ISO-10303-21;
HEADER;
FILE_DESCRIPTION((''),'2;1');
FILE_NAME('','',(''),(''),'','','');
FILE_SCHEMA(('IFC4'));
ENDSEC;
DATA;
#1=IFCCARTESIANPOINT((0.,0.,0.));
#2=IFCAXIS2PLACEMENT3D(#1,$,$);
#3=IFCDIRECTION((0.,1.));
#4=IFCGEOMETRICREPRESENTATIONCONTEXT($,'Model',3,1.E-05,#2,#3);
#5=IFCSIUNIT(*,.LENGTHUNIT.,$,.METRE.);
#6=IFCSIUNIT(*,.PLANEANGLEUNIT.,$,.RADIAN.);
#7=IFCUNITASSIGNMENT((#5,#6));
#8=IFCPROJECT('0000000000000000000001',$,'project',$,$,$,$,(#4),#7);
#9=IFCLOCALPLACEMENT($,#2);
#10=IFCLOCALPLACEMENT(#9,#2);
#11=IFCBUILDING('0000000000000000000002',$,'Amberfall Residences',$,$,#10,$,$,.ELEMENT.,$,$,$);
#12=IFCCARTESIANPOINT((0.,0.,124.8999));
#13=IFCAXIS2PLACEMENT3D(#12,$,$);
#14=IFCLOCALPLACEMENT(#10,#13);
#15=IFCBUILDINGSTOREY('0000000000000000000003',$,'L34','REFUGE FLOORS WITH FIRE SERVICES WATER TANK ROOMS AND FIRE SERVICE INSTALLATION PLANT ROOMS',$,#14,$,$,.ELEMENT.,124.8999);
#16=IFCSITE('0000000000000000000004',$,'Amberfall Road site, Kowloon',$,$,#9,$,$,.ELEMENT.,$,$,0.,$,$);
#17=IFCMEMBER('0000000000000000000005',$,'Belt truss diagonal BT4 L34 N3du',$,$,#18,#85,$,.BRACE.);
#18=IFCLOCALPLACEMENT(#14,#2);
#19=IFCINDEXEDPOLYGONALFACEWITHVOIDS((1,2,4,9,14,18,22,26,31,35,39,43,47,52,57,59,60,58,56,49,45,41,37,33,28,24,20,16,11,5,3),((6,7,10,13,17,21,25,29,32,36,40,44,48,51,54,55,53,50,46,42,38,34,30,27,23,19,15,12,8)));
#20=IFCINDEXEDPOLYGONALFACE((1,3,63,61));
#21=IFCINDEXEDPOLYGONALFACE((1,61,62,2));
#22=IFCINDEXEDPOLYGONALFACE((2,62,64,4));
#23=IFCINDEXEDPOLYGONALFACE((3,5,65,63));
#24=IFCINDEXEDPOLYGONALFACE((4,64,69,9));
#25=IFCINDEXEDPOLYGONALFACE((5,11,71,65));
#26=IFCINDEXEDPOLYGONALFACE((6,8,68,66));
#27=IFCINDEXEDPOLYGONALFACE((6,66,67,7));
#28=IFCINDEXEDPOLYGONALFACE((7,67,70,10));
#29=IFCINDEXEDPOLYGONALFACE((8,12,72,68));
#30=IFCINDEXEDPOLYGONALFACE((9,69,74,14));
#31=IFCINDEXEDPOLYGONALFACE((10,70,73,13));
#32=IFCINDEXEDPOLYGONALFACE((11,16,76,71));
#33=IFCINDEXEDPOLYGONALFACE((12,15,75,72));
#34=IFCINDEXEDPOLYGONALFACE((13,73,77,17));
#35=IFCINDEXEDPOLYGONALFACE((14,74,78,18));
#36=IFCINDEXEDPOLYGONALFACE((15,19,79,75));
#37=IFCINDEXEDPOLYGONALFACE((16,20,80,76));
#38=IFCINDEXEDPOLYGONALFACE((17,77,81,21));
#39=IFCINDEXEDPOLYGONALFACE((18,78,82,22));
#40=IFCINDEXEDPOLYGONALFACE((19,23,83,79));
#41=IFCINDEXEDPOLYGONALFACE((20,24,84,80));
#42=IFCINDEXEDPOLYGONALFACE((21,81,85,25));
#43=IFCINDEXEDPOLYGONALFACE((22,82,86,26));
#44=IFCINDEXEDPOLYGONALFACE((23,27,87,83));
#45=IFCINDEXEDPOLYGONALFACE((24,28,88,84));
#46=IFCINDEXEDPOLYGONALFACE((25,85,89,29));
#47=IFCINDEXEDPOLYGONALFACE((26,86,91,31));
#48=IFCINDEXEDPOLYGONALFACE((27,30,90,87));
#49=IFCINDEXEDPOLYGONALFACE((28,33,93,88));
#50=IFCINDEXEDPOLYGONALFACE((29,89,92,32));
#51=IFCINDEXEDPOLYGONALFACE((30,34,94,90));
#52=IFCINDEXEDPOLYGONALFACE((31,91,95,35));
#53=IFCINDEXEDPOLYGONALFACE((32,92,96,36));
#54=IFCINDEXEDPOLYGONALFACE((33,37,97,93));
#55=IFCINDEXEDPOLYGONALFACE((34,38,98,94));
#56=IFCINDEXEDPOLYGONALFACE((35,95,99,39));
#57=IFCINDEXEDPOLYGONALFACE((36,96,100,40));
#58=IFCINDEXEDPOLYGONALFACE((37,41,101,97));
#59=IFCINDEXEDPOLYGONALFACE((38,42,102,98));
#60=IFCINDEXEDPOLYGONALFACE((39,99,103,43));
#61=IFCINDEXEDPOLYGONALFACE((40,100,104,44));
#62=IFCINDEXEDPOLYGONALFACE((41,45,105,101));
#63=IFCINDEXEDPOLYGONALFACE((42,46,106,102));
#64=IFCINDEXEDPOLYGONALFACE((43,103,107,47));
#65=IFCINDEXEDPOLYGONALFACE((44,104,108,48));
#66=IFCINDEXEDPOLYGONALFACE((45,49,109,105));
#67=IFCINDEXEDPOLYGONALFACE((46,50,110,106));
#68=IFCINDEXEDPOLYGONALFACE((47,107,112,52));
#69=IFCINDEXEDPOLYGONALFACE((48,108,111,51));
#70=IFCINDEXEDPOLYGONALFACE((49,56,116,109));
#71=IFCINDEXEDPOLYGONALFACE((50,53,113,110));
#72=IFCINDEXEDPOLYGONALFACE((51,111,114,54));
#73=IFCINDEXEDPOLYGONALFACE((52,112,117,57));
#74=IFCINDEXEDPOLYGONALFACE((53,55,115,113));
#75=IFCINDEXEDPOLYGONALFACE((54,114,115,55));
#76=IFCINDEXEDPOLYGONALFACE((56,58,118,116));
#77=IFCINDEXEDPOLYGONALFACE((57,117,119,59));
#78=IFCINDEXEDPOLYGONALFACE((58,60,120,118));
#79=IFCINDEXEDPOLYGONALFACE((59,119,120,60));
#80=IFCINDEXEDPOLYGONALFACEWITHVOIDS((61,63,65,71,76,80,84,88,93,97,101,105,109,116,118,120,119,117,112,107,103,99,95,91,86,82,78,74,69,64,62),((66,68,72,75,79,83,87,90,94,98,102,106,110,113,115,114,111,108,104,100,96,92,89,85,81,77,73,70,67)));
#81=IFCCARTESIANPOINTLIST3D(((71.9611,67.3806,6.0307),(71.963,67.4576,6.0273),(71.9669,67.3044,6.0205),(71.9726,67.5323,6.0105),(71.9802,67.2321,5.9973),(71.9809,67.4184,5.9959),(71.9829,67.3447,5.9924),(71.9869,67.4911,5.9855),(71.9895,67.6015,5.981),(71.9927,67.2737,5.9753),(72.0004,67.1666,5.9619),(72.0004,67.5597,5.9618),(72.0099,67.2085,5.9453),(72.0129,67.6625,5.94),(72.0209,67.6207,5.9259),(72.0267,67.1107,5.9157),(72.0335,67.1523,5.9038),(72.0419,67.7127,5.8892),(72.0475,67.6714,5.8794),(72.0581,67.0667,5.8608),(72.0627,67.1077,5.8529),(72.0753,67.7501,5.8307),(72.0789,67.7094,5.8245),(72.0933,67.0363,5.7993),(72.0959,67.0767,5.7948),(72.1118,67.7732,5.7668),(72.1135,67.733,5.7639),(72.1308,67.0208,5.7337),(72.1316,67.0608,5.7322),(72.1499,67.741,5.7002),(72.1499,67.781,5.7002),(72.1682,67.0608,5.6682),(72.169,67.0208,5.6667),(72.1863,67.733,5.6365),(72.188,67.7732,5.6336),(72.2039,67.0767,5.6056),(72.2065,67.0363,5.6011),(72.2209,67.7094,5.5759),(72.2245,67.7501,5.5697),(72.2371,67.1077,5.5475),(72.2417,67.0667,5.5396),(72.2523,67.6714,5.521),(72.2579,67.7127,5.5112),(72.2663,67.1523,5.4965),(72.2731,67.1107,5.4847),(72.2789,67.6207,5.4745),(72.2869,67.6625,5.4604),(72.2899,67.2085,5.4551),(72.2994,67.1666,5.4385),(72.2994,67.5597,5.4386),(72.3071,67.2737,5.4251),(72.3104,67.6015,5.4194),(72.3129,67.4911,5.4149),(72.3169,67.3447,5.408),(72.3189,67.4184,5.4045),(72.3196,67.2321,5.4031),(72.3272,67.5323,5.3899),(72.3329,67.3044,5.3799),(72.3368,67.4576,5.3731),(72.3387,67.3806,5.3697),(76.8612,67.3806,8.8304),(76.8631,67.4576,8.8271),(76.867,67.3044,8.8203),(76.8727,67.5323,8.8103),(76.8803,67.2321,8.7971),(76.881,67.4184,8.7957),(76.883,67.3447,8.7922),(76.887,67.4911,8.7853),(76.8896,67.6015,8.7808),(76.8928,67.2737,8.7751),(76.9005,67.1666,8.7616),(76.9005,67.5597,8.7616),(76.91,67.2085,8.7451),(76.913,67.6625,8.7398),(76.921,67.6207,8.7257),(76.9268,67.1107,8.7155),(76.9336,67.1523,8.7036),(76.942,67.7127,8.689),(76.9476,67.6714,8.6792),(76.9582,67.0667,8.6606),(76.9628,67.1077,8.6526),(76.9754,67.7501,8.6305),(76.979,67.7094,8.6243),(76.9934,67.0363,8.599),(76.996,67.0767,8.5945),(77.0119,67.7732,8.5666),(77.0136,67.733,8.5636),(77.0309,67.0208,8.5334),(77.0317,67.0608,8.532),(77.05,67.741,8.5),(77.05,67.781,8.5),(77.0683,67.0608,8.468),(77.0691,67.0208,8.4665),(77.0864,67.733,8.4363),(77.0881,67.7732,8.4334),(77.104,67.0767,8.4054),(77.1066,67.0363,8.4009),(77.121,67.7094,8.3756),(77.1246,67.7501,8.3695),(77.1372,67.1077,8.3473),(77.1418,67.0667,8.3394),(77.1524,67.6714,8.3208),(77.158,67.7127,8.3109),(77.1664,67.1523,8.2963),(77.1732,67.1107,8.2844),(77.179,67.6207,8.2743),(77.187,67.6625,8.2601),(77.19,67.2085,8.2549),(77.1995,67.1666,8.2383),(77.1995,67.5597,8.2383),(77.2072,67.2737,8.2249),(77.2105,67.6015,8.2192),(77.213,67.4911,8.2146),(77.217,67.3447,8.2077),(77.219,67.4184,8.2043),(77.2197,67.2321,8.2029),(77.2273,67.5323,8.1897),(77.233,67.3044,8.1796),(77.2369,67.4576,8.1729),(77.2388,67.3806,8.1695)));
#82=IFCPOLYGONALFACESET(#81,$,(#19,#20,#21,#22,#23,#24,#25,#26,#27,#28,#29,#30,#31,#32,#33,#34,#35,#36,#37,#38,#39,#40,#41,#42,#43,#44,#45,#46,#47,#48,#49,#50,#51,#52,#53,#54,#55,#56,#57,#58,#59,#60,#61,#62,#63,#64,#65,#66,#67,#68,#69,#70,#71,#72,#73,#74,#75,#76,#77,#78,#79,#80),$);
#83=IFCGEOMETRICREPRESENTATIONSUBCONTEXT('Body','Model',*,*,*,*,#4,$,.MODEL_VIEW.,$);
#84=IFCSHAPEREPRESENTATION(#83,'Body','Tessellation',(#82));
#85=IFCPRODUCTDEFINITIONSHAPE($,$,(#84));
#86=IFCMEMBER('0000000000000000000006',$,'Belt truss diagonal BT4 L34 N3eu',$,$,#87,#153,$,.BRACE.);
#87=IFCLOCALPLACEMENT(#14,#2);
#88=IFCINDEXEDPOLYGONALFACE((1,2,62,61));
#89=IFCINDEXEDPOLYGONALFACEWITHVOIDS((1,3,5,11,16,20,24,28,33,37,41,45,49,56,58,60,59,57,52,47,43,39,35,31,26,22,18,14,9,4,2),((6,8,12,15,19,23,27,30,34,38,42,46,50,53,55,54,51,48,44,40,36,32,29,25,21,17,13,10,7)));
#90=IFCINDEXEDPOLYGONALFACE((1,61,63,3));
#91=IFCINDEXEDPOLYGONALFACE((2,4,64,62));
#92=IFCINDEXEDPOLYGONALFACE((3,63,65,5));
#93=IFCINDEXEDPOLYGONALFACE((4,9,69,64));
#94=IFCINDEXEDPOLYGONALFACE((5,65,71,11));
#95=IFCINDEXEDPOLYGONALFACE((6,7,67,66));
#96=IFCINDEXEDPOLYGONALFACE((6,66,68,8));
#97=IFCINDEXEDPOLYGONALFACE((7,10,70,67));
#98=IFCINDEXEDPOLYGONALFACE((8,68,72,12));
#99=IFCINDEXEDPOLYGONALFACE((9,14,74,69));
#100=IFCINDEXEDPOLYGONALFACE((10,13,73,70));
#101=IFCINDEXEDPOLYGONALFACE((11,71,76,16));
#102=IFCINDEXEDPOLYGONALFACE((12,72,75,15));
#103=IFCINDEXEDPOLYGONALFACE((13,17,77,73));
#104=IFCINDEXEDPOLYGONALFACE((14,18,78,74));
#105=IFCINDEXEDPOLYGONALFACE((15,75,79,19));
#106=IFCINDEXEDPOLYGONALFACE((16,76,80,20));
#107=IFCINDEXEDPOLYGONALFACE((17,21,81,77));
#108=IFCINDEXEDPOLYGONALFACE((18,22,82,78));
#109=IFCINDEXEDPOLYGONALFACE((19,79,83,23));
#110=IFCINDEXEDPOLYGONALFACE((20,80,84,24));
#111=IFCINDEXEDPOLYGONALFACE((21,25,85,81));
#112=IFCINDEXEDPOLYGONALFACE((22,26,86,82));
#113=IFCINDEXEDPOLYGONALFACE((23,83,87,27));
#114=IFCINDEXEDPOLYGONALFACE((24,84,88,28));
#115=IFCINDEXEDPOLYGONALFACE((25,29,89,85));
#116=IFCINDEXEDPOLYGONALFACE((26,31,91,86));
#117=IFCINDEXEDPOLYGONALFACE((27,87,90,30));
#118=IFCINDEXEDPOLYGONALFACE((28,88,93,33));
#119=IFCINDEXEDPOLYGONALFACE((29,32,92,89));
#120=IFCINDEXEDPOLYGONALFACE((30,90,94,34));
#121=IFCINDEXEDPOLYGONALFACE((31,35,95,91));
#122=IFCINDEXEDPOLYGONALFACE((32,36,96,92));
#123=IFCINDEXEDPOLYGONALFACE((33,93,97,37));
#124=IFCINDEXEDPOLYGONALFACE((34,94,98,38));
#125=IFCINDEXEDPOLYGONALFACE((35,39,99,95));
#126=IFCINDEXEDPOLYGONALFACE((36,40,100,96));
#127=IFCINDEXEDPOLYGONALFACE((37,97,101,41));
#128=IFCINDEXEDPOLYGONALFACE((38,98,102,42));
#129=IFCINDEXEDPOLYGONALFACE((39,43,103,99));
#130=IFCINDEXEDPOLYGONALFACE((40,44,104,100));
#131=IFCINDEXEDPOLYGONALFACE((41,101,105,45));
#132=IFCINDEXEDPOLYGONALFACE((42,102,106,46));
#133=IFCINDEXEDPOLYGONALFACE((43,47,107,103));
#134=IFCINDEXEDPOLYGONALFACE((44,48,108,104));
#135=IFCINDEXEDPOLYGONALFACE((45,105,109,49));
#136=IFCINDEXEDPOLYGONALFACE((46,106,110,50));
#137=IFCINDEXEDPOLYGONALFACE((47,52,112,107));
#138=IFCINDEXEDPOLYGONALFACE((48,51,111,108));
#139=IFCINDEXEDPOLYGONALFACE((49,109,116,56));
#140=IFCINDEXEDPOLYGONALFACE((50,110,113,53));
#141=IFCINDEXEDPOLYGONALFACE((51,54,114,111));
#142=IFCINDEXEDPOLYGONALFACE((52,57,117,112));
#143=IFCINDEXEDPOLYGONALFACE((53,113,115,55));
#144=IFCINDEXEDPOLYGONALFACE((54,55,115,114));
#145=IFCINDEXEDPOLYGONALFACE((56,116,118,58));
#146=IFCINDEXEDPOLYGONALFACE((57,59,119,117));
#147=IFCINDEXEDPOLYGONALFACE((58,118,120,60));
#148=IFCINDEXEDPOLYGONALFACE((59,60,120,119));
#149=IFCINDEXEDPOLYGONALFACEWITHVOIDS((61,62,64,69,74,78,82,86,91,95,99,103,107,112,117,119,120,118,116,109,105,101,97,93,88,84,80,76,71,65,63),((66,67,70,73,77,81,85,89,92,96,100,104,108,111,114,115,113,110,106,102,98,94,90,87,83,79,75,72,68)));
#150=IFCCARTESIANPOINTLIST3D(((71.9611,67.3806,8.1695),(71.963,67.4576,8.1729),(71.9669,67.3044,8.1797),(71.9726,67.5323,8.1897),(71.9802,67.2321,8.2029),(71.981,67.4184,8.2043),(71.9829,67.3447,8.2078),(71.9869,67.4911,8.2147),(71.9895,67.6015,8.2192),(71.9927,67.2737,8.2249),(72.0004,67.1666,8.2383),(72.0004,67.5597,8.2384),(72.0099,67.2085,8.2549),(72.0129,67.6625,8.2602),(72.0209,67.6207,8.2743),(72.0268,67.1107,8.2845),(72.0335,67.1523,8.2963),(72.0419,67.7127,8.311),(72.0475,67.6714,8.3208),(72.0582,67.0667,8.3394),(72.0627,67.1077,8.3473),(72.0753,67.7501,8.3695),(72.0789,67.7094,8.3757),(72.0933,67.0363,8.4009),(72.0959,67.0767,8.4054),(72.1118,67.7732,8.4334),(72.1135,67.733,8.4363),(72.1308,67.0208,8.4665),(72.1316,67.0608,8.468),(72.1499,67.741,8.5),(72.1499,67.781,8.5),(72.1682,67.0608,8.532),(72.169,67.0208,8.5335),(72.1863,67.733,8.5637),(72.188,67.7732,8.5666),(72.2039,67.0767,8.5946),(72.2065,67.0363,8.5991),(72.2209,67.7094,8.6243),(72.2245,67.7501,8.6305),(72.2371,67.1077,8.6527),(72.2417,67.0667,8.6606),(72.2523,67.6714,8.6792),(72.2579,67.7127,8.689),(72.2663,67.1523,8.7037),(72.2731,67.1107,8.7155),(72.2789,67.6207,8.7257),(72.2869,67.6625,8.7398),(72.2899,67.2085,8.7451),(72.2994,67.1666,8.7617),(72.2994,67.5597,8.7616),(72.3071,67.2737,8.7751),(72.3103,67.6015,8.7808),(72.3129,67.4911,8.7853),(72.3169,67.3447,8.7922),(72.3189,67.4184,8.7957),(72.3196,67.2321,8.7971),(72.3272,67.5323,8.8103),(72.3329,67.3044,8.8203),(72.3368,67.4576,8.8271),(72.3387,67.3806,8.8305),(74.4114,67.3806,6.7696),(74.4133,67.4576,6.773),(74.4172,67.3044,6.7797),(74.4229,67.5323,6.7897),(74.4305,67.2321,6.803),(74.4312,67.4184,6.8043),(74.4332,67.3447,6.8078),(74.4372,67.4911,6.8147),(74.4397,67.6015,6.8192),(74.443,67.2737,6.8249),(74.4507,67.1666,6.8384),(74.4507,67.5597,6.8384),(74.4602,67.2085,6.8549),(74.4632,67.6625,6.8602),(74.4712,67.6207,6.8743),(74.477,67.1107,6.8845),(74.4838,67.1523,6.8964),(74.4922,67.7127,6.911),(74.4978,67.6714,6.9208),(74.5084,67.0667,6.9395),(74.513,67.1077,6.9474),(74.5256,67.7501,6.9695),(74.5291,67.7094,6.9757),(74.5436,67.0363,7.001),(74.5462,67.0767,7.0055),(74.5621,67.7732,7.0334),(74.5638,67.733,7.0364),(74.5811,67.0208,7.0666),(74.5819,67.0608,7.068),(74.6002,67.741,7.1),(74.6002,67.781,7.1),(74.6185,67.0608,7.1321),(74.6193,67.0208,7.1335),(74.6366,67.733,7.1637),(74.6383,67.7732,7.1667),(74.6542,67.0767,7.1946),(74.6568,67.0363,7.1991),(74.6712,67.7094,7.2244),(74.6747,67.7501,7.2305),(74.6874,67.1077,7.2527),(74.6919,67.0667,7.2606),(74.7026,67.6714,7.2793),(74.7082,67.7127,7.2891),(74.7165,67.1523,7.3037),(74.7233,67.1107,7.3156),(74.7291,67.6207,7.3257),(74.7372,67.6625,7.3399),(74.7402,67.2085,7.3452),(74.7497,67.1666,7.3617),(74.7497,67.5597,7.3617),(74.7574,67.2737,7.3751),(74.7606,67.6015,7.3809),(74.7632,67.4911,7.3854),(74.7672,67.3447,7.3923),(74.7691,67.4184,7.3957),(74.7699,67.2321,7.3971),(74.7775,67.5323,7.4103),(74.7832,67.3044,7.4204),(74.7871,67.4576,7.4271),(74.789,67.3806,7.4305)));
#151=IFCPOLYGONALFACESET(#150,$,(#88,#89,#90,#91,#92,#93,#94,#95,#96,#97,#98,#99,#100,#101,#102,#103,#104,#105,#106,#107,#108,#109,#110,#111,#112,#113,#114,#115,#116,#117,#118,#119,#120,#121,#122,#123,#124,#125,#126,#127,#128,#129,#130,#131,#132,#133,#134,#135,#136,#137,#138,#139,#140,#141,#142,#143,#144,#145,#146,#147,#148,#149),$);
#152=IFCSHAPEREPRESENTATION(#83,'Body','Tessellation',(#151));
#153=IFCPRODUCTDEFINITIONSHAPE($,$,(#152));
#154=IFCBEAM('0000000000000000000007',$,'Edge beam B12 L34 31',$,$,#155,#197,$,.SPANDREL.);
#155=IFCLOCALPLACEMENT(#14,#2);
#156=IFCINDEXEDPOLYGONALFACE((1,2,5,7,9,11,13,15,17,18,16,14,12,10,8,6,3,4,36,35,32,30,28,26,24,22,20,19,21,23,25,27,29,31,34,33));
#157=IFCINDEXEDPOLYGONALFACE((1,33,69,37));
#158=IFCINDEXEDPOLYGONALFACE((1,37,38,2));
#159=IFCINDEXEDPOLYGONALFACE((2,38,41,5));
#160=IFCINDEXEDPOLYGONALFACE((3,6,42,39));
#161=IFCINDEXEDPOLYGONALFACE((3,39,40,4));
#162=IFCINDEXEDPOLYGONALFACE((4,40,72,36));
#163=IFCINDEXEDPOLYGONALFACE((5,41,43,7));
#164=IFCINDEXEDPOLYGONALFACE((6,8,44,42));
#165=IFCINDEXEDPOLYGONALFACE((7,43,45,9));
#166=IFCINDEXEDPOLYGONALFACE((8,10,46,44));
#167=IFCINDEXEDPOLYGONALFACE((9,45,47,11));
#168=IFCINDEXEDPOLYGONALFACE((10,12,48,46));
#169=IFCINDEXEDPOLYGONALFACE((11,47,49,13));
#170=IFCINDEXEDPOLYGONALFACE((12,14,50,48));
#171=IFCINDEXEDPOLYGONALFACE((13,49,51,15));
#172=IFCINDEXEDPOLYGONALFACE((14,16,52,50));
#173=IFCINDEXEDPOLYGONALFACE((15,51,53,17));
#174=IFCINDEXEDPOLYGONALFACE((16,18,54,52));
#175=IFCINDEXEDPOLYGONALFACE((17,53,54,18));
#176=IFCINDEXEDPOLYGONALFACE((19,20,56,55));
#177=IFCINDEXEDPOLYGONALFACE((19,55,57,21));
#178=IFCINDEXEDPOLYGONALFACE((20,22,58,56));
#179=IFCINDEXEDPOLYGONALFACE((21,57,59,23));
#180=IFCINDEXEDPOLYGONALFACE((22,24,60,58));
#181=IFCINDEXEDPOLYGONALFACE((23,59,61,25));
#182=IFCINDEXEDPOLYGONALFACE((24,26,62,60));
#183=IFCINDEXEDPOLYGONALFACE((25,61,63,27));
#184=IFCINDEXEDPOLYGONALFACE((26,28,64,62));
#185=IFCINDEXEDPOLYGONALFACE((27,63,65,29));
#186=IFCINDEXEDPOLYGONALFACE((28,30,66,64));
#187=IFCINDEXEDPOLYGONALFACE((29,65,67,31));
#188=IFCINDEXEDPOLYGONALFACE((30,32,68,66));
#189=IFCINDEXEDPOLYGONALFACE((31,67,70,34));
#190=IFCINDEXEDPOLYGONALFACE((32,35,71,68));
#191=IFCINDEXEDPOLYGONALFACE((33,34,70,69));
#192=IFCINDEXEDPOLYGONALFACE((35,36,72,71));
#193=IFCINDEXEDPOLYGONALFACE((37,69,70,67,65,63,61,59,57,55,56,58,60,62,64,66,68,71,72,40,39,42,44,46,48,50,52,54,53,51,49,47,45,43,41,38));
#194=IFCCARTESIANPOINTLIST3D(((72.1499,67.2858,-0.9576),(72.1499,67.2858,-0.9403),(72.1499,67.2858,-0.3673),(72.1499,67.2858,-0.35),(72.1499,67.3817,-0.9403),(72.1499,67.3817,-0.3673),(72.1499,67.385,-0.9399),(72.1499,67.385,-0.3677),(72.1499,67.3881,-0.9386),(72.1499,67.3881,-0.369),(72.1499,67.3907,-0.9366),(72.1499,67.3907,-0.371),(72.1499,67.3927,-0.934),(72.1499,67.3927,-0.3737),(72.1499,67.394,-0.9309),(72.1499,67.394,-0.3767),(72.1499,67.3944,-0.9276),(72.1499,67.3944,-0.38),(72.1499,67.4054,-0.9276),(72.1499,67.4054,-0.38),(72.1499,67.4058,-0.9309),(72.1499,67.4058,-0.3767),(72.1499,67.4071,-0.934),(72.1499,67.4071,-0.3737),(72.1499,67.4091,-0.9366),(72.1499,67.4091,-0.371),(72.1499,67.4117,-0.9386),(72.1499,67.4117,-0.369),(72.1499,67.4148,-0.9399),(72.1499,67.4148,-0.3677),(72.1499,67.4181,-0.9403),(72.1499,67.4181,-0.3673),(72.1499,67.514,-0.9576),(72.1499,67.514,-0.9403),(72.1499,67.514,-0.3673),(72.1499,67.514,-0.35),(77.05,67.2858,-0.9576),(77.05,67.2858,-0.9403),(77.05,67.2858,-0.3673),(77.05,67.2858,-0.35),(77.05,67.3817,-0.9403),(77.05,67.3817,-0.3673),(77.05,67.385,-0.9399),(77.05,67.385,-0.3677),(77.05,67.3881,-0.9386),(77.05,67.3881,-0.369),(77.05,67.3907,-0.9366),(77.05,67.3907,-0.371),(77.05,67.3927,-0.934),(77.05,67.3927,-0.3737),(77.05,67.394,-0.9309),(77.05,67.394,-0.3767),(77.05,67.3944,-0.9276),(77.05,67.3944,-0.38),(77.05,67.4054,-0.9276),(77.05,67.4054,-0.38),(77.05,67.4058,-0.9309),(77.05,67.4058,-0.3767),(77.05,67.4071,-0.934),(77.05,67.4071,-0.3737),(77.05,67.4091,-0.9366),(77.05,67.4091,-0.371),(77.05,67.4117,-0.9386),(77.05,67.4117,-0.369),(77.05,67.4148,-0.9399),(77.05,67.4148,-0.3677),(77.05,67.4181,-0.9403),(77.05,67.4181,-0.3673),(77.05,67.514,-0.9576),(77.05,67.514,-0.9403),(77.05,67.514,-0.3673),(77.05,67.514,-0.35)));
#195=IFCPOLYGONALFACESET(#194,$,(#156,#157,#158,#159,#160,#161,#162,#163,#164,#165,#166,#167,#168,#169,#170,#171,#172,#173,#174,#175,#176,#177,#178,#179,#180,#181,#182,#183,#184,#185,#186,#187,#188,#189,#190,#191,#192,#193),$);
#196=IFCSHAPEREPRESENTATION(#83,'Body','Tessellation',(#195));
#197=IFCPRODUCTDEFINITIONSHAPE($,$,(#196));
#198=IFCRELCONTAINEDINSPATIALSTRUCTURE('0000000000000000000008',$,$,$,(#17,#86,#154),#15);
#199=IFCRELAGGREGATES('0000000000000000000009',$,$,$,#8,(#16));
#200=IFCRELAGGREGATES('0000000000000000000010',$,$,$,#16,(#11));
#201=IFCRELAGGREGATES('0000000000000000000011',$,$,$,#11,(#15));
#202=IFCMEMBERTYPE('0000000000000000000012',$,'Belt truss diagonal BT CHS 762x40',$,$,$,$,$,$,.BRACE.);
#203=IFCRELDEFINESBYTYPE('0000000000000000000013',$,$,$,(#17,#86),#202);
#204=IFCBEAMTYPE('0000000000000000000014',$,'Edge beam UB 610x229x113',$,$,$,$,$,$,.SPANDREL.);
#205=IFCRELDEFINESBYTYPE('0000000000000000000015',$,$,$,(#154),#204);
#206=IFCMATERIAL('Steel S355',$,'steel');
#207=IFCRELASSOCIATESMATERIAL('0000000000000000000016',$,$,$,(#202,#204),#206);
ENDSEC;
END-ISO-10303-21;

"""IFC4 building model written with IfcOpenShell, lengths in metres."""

from ifc_helpers import new_model, si_unit, direction, frame, origin, origin_2d, place, context, subcontext, project, spatial, hollow_circle, i_section, extrude, material, material_profile, profile_set, type_object, element, save


model = new_model("IFC4")

# Units and contexts
model_context = context("Model", 3, precision=1e-05, world=origin(), true_north=direction((0.0, 1.0)))
body_context = subcontext(model_context, "Body", "Model", "MODEL_VIEW")
ifc_project = project(units=[si_unit("LENGTHUNIT", "METRE"), si_unit("PLANEANGLEUNIT", "RADIAN")], contexts=[model_context])

# Site, building, storey
site_placement = place(None, origin())
site = spatial("IfcSite", under=ifc_project, at=site_placement, Name="Amberfall Road site, Kowloon", CompositionType="ELEMENT", RefElevation=0.0)
building_placement = place(site_placement, origin())
building = spatial("IfcBuilding", under=site, at=building_placement, Name="Amberfall Residences", CompositionType="ELEMENT")
storey_placement = place(building_placement, frame((0.0, 0.0, 124.8999)))
storey = spatial("IfcBuildingStorey", under=building, at=storey_placement, Name="L34", Description="REFUGE FLOORS WITH FIRE SERVICES WATER TANK ROOMS AND FIRE SERVICE INSTALLATION PLANT ROOMS", CompositionType="ELEMENT", Elevation=124.8999)

# Shared definitions
ifc_material_1 = material(Name="Steel S355", Category="steel")

# Members
ifc_material_profile_1 = material_profile(ifc_material_1, hollow_circle(Radius=0.3811, WallThickness=0.04, at=origin_2d()), Name="CHS 762x40")
ifc_profile_set_1 = profile_set([ifc_material_profile_1], Name="Steel S355")
member_type = type_object("IfcMemberType", Name="Belt truss diagonal BT CHS 762x40", PredefinedType="BRACE", material=ifc_profile_set_1)
member_1_placement = place(storey_placement, frame((72.1499, 67.3999, 5.7002), z_axis=(0.868264, 0.0, 0.496102), x_axis=(0.0, 1.0, 0.0)))
element("IfcMember", 1, at=member_1_placement, inside=storey, type_object=member_type, Name="Belt truss diagonal BT4 L34 N3du", PredefinedType="BRACE", context=body_context, shape_type="SweptSolid", body=[
    extrude(hollow_circle(Radius=0.3811, WallThickness=0.04, at=origin_2d()), origin(), (0.0, 0.0, 1.0), 5.6436),
])
member_2_placement = place(storey_placement, frame((72.1499, 67.3999, 8.5), z_axis=(0.868275, 0.0, -0.496083), x_axis=(0.0, 1.0, 0.0)))
element("IfcMember", 2, at=member_2_placement, inside=storey, type_object=member_type, Name="Belt truss diagonal BT4 L34 N3eu", PredefinedType="BRACE", context=body_context, shape_type="SweptSolid", body=[
    extrude(hollow_circle(Radius=0.3811, WallThickness=0.04, at=origin_2d()), origin(), (0.0, 0.0, 1.0), 2.822),
])

# Beam
ifc_material_profile_2 = material_profile(ifc_material_1, i_section(OverallWidth=0.2283, OverallDepth=0.6077, WebThickness=0.011, FlangeThickness=0.0173, FilletRadius=0.0127, at=origin_2d()), Name="UB 610x229x113")
ifc_profile_set_2 = profile_set([ifc_material_profile_2], Name="Steel S355")
beam_type_1 = type_object("IfcBeamType", Name="Edge beam UB 610x229x113", PredefinedType="SPANDREL", material=ifc_profile_set_2)
beam_placement = place(storey_placement, frame((72.1499, 67.3999, -0.6538), z_axis=(1.0, 0.0, 0.0), x_axis=(0.0, 1.0, 0.0)))
element("IfcBeam", 3, at=beam_placement, inside=storey, type_object=beam_type_1, Name="Edge beam B12 L34 31", PredefinedType="SPANDREL", context=body_context, shape_type="SweptSolid", body=[
    extrude(i_section(OverallWidth=0.2283, OverallDepth=0.6077, WebThickness=0.011, FlangeThickness=0.0173, FilletRadius=0.0127, at=origin_2d()), origin(), (0.0, 0.0, 1.0), 4.9001),
])

save(model, "model.ifc")
